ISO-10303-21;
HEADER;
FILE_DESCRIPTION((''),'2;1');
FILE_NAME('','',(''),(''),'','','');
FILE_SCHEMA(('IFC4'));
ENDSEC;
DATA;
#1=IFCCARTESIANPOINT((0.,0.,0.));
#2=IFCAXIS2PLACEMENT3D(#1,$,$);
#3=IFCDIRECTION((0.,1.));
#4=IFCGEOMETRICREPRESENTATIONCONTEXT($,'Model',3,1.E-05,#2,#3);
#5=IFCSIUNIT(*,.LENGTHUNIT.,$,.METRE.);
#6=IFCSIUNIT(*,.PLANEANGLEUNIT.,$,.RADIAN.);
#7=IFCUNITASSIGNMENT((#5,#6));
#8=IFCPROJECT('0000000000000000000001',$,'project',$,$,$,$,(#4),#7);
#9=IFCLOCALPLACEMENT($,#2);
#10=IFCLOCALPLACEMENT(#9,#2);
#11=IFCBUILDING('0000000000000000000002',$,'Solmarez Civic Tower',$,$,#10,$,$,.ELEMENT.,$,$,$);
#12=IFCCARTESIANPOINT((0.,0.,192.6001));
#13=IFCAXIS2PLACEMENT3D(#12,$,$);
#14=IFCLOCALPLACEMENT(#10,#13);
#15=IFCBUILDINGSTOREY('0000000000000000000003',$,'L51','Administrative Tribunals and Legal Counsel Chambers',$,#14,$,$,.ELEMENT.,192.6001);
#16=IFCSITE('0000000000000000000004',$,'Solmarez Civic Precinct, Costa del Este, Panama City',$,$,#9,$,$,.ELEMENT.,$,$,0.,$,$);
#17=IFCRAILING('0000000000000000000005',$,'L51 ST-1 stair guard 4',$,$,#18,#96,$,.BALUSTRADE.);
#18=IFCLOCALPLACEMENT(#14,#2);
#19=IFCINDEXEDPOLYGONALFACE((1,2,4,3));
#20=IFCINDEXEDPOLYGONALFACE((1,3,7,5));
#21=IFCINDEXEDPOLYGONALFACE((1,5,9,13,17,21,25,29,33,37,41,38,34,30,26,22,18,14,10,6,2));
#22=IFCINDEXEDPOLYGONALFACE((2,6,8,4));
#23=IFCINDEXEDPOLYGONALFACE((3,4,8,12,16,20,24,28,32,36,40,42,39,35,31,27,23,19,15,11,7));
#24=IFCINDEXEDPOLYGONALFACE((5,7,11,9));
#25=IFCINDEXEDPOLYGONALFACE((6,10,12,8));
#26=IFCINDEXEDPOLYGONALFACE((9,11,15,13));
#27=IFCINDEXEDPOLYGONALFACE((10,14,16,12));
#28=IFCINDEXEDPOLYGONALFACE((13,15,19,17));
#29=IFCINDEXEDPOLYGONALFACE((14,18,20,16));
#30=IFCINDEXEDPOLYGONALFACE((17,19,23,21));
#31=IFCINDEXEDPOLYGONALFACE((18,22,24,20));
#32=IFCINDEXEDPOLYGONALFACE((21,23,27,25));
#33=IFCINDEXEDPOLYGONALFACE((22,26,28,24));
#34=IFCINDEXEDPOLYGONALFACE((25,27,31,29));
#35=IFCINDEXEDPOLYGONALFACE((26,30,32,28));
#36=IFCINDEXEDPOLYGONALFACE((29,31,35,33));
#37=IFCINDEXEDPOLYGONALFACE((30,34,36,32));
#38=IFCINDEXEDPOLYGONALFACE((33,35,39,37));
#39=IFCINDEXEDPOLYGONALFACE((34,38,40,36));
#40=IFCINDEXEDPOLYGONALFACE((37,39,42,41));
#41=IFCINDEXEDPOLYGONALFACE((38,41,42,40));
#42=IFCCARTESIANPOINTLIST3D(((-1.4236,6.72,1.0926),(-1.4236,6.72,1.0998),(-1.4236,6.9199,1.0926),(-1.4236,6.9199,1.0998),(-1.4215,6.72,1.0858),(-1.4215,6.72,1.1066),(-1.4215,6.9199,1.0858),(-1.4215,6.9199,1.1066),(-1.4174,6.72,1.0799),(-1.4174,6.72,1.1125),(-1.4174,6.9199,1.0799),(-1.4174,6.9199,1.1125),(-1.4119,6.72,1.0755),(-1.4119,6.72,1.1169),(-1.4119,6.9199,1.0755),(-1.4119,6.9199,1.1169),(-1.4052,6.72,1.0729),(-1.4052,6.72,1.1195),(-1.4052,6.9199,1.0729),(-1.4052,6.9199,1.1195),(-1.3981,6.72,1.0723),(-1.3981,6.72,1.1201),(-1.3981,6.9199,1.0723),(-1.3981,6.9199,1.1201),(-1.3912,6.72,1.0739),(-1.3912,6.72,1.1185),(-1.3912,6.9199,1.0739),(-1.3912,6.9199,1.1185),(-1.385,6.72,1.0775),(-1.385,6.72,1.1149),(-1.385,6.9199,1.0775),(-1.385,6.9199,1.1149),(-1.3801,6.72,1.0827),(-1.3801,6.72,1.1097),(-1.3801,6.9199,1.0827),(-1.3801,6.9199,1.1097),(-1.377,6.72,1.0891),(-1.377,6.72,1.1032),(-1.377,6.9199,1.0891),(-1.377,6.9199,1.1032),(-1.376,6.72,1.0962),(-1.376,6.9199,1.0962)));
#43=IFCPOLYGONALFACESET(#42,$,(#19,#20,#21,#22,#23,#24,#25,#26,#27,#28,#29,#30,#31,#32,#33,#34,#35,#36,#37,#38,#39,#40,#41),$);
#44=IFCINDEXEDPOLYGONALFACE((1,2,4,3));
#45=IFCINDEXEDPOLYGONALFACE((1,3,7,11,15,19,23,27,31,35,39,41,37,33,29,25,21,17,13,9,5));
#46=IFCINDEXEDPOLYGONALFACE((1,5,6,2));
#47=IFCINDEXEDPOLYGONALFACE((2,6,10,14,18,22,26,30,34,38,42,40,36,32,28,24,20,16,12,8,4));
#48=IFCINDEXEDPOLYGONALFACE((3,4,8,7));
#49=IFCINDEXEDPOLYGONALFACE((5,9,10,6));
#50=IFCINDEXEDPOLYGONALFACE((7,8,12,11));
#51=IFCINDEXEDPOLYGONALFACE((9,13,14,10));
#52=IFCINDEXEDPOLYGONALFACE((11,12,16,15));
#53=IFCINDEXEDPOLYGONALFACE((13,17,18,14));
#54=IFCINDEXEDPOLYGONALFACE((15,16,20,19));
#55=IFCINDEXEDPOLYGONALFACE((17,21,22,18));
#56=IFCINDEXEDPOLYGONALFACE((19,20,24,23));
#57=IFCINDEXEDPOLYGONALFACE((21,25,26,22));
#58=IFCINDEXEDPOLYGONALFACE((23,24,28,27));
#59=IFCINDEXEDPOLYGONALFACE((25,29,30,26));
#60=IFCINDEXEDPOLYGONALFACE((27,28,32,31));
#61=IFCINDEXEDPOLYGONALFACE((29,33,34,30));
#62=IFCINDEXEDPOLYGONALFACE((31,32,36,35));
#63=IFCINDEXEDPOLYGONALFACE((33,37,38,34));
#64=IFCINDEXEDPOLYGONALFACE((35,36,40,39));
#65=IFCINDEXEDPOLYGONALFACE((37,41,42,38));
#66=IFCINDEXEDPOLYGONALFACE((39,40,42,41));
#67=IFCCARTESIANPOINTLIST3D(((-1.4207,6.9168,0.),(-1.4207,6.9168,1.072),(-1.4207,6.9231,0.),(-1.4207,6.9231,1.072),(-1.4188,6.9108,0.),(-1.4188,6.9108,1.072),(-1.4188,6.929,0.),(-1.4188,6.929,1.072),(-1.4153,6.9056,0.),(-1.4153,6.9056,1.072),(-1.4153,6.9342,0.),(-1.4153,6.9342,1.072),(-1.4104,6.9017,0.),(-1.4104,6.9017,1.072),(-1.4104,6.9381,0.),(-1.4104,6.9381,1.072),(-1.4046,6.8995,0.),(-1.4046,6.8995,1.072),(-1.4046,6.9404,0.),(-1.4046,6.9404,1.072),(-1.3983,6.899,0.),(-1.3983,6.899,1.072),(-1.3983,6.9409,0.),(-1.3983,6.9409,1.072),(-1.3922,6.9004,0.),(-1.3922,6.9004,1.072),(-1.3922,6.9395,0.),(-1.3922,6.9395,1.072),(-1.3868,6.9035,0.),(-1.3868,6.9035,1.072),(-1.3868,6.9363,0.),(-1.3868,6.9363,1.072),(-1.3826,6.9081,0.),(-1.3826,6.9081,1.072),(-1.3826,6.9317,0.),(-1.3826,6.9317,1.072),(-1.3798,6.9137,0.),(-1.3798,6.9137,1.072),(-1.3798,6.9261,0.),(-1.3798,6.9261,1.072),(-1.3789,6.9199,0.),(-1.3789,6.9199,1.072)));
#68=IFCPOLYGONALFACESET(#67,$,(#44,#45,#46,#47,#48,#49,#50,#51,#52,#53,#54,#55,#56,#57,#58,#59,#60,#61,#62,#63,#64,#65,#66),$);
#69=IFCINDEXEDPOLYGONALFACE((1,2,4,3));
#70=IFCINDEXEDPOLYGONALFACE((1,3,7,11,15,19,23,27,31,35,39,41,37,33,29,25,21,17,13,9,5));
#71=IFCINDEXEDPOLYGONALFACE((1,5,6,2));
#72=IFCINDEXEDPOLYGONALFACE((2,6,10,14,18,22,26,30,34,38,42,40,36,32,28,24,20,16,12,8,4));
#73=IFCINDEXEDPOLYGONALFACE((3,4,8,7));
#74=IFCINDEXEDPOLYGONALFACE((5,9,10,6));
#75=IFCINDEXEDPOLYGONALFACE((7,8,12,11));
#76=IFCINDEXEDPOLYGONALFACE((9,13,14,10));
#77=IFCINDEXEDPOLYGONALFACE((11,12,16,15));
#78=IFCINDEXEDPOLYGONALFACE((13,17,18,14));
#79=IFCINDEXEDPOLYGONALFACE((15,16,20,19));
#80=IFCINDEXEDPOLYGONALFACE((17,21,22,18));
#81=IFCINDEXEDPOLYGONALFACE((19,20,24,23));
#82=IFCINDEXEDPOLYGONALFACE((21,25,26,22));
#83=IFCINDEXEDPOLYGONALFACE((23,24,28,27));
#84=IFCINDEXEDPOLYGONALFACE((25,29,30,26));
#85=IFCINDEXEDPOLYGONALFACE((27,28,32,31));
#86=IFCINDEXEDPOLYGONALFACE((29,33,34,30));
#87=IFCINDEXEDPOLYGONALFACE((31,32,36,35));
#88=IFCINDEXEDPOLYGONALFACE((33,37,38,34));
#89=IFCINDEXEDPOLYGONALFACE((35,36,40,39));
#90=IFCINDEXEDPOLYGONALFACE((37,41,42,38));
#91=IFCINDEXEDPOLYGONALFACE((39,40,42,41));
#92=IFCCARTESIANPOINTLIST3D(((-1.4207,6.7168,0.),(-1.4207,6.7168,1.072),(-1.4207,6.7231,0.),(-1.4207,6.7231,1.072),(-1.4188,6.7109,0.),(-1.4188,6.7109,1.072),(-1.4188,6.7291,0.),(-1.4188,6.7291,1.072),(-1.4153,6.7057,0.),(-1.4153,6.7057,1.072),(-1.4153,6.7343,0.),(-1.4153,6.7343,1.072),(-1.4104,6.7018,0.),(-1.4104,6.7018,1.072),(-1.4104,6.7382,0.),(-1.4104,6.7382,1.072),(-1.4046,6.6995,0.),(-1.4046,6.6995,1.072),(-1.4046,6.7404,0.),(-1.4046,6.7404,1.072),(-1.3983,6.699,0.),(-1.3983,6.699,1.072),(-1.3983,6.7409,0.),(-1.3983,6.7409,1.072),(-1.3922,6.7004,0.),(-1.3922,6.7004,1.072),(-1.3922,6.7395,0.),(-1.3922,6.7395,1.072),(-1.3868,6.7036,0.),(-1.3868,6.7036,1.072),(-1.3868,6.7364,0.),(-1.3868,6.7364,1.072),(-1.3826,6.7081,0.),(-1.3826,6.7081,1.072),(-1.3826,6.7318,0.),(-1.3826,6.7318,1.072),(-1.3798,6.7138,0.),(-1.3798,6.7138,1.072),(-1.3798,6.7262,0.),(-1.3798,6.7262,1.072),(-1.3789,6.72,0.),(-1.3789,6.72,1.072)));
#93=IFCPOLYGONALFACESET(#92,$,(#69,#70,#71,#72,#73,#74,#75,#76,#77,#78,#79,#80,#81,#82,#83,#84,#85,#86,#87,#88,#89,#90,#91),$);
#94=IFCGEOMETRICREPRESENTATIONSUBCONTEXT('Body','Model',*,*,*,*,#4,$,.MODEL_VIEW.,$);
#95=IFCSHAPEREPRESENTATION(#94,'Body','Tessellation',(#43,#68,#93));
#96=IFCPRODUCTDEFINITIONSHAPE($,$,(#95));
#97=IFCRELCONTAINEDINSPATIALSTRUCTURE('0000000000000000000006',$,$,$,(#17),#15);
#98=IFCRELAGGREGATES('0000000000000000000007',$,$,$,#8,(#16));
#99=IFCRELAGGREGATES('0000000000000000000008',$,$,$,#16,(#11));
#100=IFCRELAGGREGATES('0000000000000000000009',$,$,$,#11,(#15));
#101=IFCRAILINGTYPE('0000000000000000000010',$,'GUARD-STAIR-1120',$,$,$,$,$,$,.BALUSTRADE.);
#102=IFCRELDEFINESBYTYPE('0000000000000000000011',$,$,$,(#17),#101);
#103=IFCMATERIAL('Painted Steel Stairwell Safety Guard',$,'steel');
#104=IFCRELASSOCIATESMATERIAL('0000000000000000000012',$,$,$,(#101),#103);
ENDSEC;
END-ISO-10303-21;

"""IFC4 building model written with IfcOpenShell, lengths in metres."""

from ifc_helpers import new_model, si_unit, direction, frame, origin, origin_2d, place, context, subcontext, project, spatial, circle, extrude, material, type_object, element, save


model = new_model("IFC4")

# Units and contexts
model_context = context("Model", 3, precision=1e-05, world=origin(), true_north=direction((0.0, 1.0)))
body_context = subcontext(model_context, "Body", "Model", "MODEL_VIEW")
ifc_project = project(units=[si_unit("LENGTHUNIT", "METRE"), si_unit("PLANEANGLEUNIT", "RADIAN")], contexts=[model_context])

# Site, building, storey
site_placement = place(None, origin())
site = spatial("IfcSite", under=ifc_project, at=site_placement, Name="Solmarez Civic Precinct, Costa del Este, Panama City", CompositionType="ELEMENT", RefElevation=0.0)
building_placement = place(site_placement, origin())
building = spatial("IfcBuilding", under=site, at=building_placement, Name="Solmarez Civic Tower", CompositionType="ELEMENT")
storey_placement = place(building_placement, frame((0.0, 0.0, 192.6001)))
storey = spatial("IfcBuildingStorey", under=building, at=storey_placement, Name="L51", Description="Administrative Tribunals and Legal Counsel Chambers", CompositionType="ELEMENT", Elevation=192.6001)

# Railing
ifc_material_1 = material(Name="Painted Steel Stairwell Safety Guard", Category="steel")
railing_type_1 = type_object("IfcRailingType", Name="GUARD-STAIR-1120", PredefinedType="BALUSTRADE", material=ifc_material_1)
railing_1_placement = place(storey_placement, frame((-1.3999, 6.9199, 0.0)))
element("IfcRailing", 1, at=railing_1_placement, inside=storey, type_object=railing_type_1, Name="L51 ST-1 stair guard 4", PredefinedType="BALUSTRADE", context=body_context, shape_type="SweptSolid", body=[
    extrude(circle(Radius=0.0239, at=origin_2d()), frame((0.0, 0.0, 1.0962), z_axis=(0.0, -1.0, 0.0), x_axis=(1.0, 0.0, 0.0)), (0.0, 0.0, 1.0), 0.2),
    extrude(circle(Radius=0.021, at=origin_2d()), origin(), (0.0, 0.0, 1.0), 1.072),
    extrude(circle(Radius=0.021, at=origin_2d()), frame((0.0, -0.2, 0.0)), (0.0, 0.0, 1.0), 1.072),
])

save(model, "model.ifc")
